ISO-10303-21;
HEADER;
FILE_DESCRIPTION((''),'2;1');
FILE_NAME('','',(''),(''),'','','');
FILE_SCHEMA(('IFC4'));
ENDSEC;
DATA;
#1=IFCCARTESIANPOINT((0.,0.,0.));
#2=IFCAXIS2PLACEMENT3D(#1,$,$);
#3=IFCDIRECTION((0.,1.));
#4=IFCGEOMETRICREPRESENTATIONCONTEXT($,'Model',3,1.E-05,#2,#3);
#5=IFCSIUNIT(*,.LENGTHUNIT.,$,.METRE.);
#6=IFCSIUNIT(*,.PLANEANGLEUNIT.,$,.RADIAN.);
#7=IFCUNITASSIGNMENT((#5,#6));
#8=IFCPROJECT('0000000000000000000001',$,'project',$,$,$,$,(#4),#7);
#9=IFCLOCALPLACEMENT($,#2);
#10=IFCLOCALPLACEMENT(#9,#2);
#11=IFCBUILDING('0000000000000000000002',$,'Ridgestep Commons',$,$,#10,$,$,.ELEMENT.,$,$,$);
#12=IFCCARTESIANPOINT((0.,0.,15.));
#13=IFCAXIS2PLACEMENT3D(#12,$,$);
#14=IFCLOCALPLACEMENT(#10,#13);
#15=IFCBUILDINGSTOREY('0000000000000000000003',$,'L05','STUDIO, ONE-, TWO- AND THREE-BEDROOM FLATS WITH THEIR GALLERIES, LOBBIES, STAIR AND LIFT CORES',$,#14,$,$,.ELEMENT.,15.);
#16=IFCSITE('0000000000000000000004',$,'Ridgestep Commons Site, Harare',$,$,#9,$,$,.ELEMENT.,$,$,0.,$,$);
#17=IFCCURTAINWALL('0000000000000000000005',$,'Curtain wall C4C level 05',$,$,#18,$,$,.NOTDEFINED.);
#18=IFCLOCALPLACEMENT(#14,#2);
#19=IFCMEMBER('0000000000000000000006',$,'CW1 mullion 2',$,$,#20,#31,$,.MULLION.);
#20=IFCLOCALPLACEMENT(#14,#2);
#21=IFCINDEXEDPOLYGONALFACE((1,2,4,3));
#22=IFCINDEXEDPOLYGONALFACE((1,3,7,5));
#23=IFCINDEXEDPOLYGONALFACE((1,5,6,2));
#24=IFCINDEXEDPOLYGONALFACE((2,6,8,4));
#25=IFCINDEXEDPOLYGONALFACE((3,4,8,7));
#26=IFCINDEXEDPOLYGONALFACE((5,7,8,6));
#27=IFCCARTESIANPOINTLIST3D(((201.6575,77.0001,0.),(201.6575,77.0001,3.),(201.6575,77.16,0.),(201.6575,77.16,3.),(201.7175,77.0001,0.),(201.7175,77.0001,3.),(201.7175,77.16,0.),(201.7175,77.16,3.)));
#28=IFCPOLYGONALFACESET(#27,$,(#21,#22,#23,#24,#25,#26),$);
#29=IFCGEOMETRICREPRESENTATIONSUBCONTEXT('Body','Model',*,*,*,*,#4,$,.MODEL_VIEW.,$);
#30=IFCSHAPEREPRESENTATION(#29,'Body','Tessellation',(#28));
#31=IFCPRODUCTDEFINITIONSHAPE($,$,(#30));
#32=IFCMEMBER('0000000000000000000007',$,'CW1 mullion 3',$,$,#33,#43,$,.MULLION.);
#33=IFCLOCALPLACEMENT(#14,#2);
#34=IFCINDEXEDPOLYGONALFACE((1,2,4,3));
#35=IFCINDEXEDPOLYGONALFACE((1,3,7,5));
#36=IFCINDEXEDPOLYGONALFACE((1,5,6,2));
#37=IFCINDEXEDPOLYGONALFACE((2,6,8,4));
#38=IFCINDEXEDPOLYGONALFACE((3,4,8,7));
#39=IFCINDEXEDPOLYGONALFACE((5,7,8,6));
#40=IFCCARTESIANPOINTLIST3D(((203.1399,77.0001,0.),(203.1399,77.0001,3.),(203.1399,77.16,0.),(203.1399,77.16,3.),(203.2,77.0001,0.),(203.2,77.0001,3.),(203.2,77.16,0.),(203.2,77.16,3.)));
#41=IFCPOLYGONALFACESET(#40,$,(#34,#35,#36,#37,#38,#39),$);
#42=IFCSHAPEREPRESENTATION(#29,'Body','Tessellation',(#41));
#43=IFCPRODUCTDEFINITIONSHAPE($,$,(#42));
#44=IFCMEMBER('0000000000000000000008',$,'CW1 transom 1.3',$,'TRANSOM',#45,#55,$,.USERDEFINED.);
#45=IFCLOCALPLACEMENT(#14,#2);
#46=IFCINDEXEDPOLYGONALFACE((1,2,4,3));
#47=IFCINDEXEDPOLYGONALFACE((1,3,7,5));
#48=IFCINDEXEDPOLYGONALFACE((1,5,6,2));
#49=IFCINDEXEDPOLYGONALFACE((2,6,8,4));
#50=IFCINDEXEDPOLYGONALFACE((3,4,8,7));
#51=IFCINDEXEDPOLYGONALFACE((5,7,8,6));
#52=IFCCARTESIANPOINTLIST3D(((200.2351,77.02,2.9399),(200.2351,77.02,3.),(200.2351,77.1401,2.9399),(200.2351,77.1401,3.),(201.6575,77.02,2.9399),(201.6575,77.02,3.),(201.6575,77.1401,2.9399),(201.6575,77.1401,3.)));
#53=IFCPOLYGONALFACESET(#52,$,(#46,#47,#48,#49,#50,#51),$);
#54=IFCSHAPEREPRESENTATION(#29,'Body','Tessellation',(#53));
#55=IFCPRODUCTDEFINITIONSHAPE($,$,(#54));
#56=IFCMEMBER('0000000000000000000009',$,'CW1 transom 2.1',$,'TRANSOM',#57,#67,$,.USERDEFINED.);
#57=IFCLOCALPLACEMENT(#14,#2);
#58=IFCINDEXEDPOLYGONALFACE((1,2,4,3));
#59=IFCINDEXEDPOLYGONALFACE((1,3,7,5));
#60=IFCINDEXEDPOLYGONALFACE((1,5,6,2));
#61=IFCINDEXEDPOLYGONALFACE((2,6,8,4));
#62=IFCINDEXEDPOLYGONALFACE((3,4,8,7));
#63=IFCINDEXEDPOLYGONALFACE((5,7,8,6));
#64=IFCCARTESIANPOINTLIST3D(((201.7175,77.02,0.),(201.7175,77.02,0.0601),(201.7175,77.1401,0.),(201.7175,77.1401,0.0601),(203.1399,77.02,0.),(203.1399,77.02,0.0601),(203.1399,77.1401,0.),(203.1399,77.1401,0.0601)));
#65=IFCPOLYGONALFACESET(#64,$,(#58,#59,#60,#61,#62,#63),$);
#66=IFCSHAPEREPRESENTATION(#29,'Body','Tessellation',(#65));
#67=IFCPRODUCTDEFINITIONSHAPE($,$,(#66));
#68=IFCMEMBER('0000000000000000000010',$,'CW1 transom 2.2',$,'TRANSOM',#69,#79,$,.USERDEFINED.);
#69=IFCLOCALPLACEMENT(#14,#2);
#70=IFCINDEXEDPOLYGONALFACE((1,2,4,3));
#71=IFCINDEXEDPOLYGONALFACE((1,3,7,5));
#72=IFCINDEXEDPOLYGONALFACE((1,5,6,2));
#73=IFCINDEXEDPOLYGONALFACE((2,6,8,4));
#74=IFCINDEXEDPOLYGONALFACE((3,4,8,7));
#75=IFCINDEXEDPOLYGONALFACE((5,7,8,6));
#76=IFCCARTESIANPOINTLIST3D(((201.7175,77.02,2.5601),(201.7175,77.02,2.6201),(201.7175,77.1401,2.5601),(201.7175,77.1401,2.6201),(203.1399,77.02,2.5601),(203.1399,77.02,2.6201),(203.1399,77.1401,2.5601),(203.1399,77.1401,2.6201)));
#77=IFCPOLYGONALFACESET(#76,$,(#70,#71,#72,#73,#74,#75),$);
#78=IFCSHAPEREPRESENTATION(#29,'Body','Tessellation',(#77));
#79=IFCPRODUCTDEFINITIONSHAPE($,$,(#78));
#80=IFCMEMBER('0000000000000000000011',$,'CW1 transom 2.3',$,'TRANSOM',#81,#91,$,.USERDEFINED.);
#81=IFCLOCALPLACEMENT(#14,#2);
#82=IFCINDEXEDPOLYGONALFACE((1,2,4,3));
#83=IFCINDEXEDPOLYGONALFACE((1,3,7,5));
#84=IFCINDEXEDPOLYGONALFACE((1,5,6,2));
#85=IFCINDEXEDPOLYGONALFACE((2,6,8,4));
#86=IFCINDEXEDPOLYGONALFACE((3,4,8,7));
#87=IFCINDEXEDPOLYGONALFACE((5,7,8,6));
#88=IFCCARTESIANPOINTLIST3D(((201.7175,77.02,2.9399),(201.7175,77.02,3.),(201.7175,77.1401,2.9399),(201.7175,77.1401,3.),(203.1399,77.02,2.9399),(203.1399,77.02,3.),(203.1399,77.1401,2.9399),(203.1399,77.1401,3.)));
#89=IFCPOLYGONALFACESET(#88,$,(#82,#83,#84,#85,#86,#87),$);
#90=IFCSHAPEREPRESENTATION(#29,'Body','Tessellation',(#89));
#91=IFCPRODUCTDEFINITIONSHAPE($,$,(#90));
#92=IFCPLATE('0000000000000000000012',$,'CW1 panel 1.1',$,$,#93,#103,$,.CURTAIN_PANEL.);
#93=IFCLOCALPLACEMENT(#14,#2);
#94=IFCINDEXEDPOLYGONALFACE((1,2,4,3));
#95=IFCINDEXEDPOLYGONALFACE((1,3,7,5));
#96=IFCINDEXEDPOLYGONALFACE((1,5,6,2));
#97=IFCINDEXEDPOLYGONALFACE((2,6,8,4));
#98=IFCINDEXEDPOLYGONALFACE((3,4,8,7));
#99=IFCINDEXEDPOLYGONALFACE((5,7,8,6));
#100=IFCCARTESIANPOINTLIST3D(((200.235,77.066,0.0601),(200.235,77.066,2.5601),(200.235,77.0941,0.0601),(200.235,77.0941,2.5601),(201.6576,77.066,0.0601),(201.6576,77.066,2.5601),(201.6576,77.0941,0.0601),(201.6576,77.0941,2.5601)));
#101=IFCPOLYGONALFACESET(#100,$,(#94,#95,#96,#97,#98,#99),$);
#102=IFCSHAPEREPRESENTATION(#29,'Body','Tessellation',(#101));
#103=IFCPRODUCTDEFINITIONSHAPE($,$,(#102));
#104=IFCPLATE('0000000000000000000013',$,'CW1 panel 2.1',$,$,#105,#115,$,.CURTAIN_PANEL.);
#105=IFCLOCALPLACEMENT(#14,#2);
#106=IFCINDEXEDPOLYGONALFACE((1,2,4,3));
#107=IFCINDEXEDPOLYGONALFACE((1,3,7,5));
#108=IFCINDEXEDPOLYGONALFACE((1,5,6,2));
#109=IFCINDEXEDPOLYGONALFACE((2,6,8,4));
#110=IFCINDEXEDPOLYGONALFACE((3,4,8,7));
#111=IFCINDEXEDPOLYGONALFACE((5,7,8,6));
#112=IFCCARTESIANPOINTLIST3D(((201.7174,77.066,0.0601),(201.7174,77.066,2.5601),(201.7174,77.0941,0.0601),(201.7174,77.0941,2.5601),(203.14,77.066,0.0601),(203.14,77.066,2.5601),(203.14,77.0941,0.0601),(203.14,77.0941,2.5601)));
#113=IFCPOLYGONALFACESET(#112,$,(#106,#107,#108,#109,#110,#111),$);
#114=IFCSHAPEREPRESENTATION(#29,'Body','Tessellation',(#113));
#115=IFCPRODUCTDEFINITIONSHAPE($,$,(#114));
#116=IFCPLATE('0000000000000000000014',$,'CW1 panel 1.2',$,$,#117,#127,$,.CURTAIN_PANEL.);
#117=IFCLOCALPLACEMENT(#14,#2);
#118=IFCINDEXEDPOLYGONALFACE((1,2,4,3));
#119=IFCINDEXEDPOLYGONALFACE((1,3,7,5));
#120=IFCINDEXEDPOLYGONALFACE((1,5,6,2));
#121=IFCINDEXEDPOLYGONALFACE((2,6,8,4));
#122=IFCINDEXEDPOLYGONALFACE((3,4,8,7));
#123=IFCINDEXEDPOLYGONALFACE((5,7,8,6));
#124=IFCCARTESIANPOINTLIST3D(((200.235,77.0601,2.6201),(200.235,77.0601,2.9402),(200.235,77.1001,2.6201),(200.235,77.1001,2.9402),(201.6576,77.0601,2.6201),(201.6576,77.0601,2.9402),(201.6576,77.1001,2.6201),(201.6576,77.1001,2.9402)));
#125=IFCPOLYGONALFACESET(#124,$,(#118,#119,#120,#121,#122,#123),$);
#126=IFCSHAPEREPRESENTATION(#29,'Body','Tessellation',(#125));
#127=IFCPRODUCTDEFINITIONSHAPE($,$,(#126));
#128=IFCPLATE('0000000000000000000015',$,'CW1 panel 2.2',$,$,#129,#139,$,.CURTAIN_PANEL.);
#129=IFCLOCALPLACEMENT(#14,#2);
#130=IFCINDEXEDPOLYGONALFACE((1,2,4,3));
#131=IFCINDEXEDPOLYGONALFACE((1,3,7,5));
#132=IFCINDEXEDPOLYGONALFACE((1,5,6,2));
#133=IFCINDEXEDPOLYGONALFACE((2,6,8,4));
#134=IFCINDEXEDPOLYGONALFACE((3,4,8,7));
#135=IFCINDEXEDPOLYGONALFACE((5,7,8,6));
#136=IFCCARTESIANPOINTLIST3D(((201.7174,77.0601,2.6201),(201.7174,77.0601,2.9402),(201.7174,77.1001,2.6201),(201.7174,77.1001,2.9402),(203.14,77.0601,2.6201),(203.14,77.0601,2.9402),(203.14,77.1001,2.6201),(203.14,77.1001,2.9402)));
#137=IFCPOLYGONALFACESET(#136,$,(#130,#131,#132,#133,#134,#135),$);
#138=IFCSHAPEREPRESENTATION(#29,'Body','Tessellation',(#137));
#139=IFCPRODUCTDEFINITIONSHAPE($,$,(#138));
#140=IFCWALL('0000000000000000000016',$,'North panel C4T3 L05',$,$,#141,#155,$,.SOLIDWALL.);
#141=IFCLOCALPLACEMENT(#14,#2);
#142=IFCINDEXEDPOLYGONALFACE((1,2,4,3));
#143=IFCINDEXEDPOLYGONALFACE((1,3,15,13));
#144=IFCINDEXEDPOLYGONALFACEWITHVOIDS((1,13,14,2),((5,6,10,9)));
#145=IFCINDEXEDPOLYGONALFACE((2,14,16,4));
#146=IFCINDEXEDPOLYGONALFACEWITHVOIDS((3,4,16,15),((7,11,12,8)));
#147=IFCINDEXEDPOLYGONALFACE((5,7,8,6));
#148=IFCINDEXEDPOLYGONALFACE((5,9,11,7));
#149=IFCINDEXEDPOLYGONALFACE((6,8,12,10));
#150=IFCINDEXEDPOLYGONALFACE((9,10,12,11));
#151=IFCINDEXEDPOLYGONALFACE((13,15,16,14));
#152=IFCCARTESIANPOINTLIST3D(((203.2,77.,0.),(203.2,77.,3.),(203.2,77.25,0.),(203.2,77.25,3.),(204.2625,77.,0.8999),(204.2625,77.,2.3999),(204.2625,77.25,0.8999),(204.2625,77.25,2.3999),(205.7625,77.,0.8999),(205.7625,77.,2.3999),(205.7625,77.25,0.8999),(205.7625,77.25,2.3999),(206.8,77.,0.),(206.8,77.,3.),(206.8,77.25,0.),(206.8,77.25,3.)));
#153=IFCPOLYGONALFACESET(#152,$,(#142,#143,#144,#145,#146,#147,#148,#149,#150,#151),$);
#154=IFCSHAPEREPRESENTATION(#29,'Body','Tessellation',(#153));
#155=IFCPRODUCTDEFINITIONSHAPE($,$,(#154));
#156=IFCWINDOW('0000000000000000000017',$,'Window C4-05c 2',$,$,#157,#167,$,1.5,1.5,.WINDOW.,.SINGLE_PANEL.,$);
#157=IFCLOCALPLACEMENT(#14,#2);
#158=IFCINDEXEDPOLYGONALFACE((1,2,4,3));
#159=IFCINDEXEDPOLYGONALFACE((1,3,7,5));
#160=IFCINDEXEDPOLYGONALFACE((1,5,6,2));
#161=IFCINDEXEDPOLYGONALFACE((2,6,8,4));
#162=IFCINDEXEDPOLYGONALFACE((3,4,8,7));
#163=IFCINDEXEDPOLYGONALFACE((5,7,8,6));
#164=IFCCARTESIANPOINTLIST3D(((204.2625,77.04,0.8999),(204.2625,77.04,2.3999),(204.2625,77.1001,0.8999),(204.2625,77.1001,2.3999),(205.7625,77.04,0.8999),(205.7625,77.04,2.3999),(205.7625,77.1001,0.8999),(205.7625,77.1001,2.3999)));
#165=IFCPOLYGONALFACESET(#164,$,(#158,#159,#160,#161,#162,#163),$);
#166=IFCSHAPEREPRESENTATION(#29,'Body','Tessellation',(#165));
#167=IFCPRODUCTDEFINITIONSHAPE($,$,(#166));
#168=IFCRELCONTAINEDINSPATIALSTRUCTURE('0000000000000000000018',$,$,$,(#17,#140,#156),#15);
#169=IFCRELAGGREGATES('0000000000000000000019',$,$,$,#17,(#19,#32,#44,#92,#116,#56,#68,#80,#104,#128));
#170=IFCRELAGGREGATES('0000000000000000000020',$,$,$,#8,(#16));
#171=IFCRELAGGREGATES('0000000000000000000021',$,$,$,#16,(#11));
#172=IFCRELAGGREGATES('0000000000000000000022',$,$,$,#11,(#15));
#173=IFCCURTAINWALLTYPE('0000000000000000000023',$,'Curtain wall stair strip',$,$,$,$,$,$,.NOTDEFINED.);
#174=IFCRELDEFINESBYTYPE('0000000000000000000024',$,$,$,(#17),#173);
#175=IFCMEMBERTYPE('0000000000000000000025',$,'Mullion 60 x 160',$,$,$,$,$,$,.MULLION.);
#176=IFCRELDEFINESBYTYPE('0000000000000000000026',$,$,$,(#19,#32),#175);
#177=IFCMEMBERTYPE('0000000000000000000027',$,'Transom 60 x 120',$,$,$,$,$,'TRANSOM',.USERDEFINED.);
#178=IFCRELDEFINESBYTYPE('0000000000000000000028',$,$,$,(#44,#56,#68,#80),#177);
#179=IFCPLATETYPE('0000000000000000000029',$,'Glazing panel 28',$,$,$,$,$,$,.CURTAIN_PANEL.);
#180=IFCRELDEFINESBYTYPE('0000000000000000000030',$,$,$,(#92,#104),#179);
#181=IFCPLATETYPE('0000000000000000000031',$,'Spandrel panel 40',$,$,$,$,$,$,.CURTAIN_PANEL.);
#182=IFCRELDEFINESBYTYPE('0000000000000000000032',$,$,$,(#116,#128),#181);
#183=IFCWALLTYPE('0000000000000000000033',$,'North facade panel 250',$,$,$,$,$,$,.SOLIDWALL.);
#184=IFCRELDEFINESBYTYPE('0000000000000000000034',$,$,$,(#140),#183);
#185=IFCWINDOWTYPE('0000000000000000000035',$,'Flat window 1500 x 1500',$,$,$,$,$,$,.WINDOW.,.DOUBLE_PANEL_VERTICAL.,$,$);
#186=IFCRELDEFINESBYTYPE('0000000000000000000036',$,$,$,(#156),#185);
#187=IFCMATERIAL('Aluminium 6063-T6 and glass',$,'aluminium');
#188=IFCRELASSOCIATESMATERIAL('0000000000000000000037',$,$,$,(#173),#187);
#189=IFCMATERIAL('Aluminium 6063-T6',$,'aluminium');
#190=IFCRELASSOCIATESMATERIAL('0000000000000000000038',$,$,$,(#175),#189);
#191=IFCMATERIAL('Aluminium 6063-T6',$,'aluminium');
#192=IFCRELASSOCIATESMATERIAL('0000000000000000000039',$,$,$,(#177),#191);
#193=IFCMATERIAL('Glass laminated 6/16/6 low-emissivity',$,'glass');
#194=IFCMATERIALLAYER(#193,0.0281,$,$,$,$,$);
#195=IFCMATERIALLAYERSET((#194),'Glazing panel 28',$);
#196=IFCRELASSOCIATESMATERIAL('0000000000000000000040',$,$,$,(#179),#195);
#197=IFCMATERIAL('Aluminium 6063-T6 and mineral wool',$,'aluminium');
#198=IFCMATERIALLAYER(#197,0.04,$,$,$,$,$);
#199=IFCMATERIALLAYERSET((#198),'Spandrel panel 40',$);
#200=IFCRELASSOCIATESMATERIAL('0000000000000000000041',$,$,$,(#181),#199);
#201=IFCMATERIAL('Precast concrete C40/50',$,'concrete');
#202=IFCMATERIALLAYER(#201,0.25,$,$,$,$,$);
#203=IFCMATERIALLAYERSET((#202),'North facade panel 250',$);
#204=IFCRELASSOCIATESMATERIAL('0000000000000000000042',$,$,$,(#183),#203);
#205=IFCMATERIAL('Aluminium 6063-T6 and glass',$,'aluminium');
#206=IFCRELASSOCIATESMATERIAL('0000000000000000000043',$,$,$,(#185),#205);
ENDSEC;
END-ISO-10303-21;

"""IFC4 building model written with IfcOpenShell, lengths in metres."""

from ifc_helpers import new_model, si_unit, direction, frame, frame_2d, origin, origin_2d, place, context, subcontext, project, spatial, rectangle, extrude, material, layer, layer_set, material_profile, profile_set, type_object, element, fill, aggregate, save


model = new_model("IFC4")

# Units and contexts
model_context = context("Model", 3, precision=1e-05, world=origin(), true_north=direction((0.0, 1.0)))
body_context = subcontext(model_context, "Body", "Model", "MODEL_VIEW")
ifc_project = project(units=[si_unit("LENGTHUNIT", "METRE"), si_unit("PLANEANGLEUNIT", "RADIAN")], contexts=[model_context])

# Site, building, storey
site_placement = place(None, origin())
site = spatial("IfcSite", under=ifc_project, at=site_placement, Name="Ridgestep Commons Site, Harare", CompositionType="ELEMENT", RefElevation=0.0)
building_placement = place(site_placement, origin())
building = spatial("IfcBuilding", under=site, at=building_placement, Name="Ridgestep Commons", CompositionType="ELEMENT")
storey_placement = place(building_placement, frame((0.0, 0.0, 15.0)))
storey = spatial("IfcBuildingStorey", under=building, at=storey_placement, Name="L05", Description="STUDIO, ONE-, TWO- AND THREE-BEDROOM FLATS WITH THEIR GALLERIES, LOBBIES, STAIR AND LIFT CORES", CompositionType="ELEMENT", Elevation=15.0)

# Curtain wall, members, plates
ifc_material_1 = material(Name="Aluminium 6063-T6 and glass", Category="aluminium")
curtain_wall_type = type_object("IfcCurtainWallType", Name="Curtain wall stair strip", PredefinedType="NOTDEFINED", material=ifc_material_1)
curtain_wall_placement = place(storey_placement, origin())
curtain_wall = element("IfcCurtainWall", 1, at=curtain_wall_placement, inside=storey, type_object=curtain_wall_type, Name="Curtain wall C4C level 05", PredefinedType="NOTDEFINED")
ifc_material_2 = material(Name="Aluminium 6063-T6", Category="aluminium")
ifc_material_profile_1 = material_profile(ifc_material_2, rectangle(XDim=0.1599, YDim=0.0601, at=origin_2d()), Name="Mullion 60 x 160")
ifc_profile_set_1 = profile_set([ifc_material_profile_1], Name="Aluminium 6063-T6")
member_type_1 = type_object("IfcMemberType", Name="Mullion 60 x 160", PredefinedType="MULLION", material=ifc_profile_set_1)
member_1_placement = place(storey_placement, frame((201.6875, 77.0801, 0.0), z_axis=(0.0, 0.0, 1.0), x_axis=(0.0, 1.0, 0.0)))
member_1 = element("IfcMember", 2, at=member_1_placement, type_object=member_type_1, Name="CW1 mullion 2", PredefinedType="MULLION", context=body_context, shape_type="SweptSolid", body=[
    extrude(rectangle(XDim=0.1599, YDim=0.0601, at=origin_2d()), origin(), (0.0, 0.0, 1.0), 3.0),
])
member_2_placement = place(storey_placement, frame((203.1699, 77.0801, 0.0), z_axis=(0.0, 0.0, 1.0), x_axis=(0.0, 1.0, 0.0)))
member_2 = element("IfcMember", 3, at=member_2_placement, type_object=member_type_1, Name="CW1 mullion 3", PredefinedType="MULLION", context=body_context, shape_type="SweptSolid", body=[
    extrude(rectangle(XDim=0.1599, YDim=0.0601, at=origin_2d()), origin(), (0.0, 0.0, 1.0), 3.0),
])
ifc_material_3 = material(Name="Aluminium 6063-T6", Category="aluminium")
ifc_material_profile_2 = material_profile(ifc_material_3, rectangle(XDim=0.1201, YDim=0.0601, at=origin_2d()), Name="Transom 60 x 120")
ifc_profile_set_2 = profile_set([ifc_material_profile_2], Name="Aluminium 6063-T6")
member_type_2 = type_object("IfcMemberType", Name="Transom 60 x 120", ElementType="TRANSOM", PredefinedType="USERDEFINED", material=ifc_profile_set_2)
member_3_placement = place(storey_placement, frame((200.2351, 77.0801, 2.97), z_axis=(1.0, 0.0, 0.0), x_axis=(0.0, 1.0, 0.0)))
member_3 = element("IfcMember", 4, at=member_3_placement, type_object=member_type_2, Name="CW1 transom 1.3", ObjectType="TRANSOM", PredefinedType="USERDEFINED", context=body_context, shape_type="SweptSolid", body=[
    extrude(rectangle(XDim=0.1201, YDim=0.0601, at=origin_2d()), origin(), (0.0, 0.0, 1.0), 1.4224),
])
member_4_placement = place(storey_placement, frame((201.7175, 77.0801, 0.03), z_axis=(1.0, 0.0, 0.0), x_axis=(0.0, 1.0, 0.0)))
member_4 = element("IfcMember", 5, at=member_4_placement, type_object=member_type_2, Name="CW1 transom 2.1", ObjectType="TRANSOM", PredefinedType="USERDEFINED", context=body_context, shape_type="SweptSolid", body=[
    extrude(rectangle(XDim=0.1201, YDim=0.0601, at=origin_2d()), origin(), (0.0, 0.0, 1.0), 1.4224),
])
member_5_placement = place(storey_placement, frame((201.7175, 77.0801, 2.5901), z_axis=(1.0, 0.0, 0.0), x_axis=(0.0, 1.0, 0.0)))
member_5 = element("IfcMember", 6, at=member_5_placement, type_object=member_type_2, Name="CW1 transom 2.2", ObjectType="TRANSOM", PredefinedType="USERDEFINED", context=body_context, shape_type="SweptSolid", body=[
    extrude(rectangle(XDim=0.1201, YDim=0.0601, at=origin_2d()), origin(), (0.0, 0.0, 1.0), 1.4224),
])
member_6_placement = place(storey_placement, frame((201.7175, 77.0801, 2.97), z_axis=(1.0, 0.0, 0.0), x_axis=(0.0, 1.0, 0.0)))
member_6 = element("IfcMember", 7, at=member_6_placement, type_object=member_type_2, Name="CW1 transom 2.3", ObjectType="TRANSOM", PredefinedType="USERDEFINED", context=body_context, shape_type="SweptSolid", body=[
    extrude(rectangle(XDim=0.1201, YDim=0.0601, at=origin_2d()), origin(), (0.0, 0.0, 1.0), 1.4224),
])
ifc_material_4 = material(Name="Glass laminated 6/16/6 low-emissivity", Category="glass")
ifc_layer_1 = layer(ifc_material_4, 0.0281)
ifc_layer_set_1 = layer_set([ifc_layer_1], Name="Glazing panel 28")
plate_type_1 = type_object("IfcPlateType", Name="Glazing panel 28", PredefinedType="CURTAIN_PANEL", material=ifc_layer_set_1)
plate_1_placement = place(storey_placement, frame((200.9463, 77.0801, 0.0601), z_axis=(0.0, 0.0, 1.0), x_axis=(1.0, 0.0, 0.0)))
plate_1 = element("IfcPlate", 8, at=plate_1_placement, type_object=plate_type_1, Name="CW1 panel 1.1", PredefinedType="CURTAIN_PANEL", context=body_context, shape_type="SweptSolid", body=[
    extrude(rectangle(XDim=1.4226, YDim=0.0281, at=origin_2d()), origin(), (0.0, 0.0, 1.0), 2.5),
])
plate_2_placement = place(storey_placement, frame((202.4287, 77.0801, 0.0601), z_axis=(0.0, 0.0, 1.0), x_axis=(1.0, 0.0, 0.0)))
plate_2 = element("IfcPlate", 9, at=plate_2_placement, type_object=plate_type_1, Name="CW1 panel 2.1", PredefinedType="CURTAIN_PANEL", context=body_context, shape_type="SweptSolid", body=[
    extrude(rectangle(XDim=1.4226, YDim=0.0281, at=origin_2d()), origin(), (0.0, 0.0, 1.0), 2.5),
])
ifc_material_5 = material(Name="Aluminium 6063-T6 and mineral wool", Category="aluminium")
ifc_layer_2 = layer(ifc_material_5, 0.04)
ifc_layer_set_2 = layer_set([ifc_layer_2], Name="Spandrel panel 40")
plate_type_2 = type_object("IfcPlateType", Name="Spandrel panel 40", PredefinedType="CURTAIN_PANEL", material=ifc_layer_set_2)
plate_3_placement = place(storey_placement, frame((200.9463, 77.0801, 2.6201), z_axis=(0.0, 0.0, 1.0), x_axis=(1.0, 0.0, 0.0)))
plate_3 = element("IfcPlate", 10, at=plate_3_placement, type_object=plate_type_2, Name="CW1 panel 1.2", PredefinedType="CURTAIN_PANEL", context=body_context, shape_type="SweptSolid", body=[
    extrude(rectangle(XDim=1.4226, YDim=0.04, at=origin_2d()), origin(), (0.0, 0.0, 1.0), 0.3201),
])
plate_4_placement = place(storey_placement, frame((202.4287, 77.0801, 2.6201), z_axis=(0.0, 0.0, 1.0), x_axis=(1.0, 0.0, 0.0)))
plate_4 = element("IfcPlate", 11, at=plate_4_placement, type_object=plate_type_2, Name="CW1 panel 2.2", PredefinedType="CURTAIN_PANEL", context=body_context, shape_type="SweptSolid", body=[
    extrude(rectangle(XDim=1.4226, YDim=0.04, at=origin_2d()), origin(), (0.0, 0.0, 1.0), 0.3201),
])
aggregate(curtain_wall, [member_1, member_2, member_3, plate_1, plate_3, member_4, member_5, member_6, plate_2, plate_4])

# Wall, opening, window
ifc_material_6 = material(Name="Precast concrete C40/50", Category="concrete")
ifc_layer_3 = layer(ifc_material_6, 0.25)
ifc_layer_set_3 = layer_set([ifc_layer_3], Name="North facade panel 250")
wall_type = type_object("IfcWallType", Name="North facade panel 250", PredefinedType="SOLIDWALL", material=ifc_layer_set_3)
wall_placement = place(storey_placement, frame((203.2, 77.125, 0.0), z_axis=(0.0, 0.0, 1.0), x_axis=(1.0, 0.0, 0.0)))
wall = element("IfcWall", 12, at=wall_placement, inside=storey, type_object=wall_type, Name="North panel C4T3 L05", PredefinedType="SOLIDWALL", context=body_context, shape_type="SweptSolid", body=[
    extrude(rectangle(XDim=3.6001, YDim=0.25, at=frame_2d((1.8, 0.0))), origin(), (0.0, 0.0, 1.0), 3.0),
])
opening_placement = place(wall_placement, frame((1.0625, 0.0, 0.8999)))
opening = element("IfcOpeningElement", 13, at=opening_placement, cuts=wall, PredefinedType="OPENING", context=body_context, shape_type="SweptSolid", body=[
    extrude(rectangle(XDim=1.5, YDim=1.5, at=frame_2d((0.75, 0.75))), frame((0.0, 0.135, 0.0), z_axis=(0.0, -1.0, 0.0), x_axis=(1.0, 0.0, 0.0)), (0.0, 0.0, 1.0), 0.27),
])
ifc_material_7 = material(Name="Aluminium 6063-T6 and glass", Category="aluminium")
window_type = type_object("IfcWindowType", Name="Flat window 1500 x 1500", PartitioningType="DOUBLE_PANEL_VERTICAL", PredefinedType="WINDOW", material=ifc_material_7)
window_placement = place(opening_placement, origin())
window = element("IfcWindow", 14, at=window_placement, inside=storey, type_object=window_type, Name="Window C4-05c 2", OverallHeight=1.5, OverallWidth=1.5, PartitioningType="SINGLE_PANEL", PredefinedType="WINDOW", context=body_context, shape_type="SweptSolid", body=[
    extrude(rectangle(XDim=1.5, YDim=1.5, at=frame_2d((0.75, 0.75))), frame((0.0, -0.0249, 0.0), z_axis=(0.0, -1.0, 0.0), x_axis=(1.0, 0.0, 0.0)), (0.0, 0.0, 1.0), 0.0601),
])
fill(opening, window)

save(model, "model.ifc")
